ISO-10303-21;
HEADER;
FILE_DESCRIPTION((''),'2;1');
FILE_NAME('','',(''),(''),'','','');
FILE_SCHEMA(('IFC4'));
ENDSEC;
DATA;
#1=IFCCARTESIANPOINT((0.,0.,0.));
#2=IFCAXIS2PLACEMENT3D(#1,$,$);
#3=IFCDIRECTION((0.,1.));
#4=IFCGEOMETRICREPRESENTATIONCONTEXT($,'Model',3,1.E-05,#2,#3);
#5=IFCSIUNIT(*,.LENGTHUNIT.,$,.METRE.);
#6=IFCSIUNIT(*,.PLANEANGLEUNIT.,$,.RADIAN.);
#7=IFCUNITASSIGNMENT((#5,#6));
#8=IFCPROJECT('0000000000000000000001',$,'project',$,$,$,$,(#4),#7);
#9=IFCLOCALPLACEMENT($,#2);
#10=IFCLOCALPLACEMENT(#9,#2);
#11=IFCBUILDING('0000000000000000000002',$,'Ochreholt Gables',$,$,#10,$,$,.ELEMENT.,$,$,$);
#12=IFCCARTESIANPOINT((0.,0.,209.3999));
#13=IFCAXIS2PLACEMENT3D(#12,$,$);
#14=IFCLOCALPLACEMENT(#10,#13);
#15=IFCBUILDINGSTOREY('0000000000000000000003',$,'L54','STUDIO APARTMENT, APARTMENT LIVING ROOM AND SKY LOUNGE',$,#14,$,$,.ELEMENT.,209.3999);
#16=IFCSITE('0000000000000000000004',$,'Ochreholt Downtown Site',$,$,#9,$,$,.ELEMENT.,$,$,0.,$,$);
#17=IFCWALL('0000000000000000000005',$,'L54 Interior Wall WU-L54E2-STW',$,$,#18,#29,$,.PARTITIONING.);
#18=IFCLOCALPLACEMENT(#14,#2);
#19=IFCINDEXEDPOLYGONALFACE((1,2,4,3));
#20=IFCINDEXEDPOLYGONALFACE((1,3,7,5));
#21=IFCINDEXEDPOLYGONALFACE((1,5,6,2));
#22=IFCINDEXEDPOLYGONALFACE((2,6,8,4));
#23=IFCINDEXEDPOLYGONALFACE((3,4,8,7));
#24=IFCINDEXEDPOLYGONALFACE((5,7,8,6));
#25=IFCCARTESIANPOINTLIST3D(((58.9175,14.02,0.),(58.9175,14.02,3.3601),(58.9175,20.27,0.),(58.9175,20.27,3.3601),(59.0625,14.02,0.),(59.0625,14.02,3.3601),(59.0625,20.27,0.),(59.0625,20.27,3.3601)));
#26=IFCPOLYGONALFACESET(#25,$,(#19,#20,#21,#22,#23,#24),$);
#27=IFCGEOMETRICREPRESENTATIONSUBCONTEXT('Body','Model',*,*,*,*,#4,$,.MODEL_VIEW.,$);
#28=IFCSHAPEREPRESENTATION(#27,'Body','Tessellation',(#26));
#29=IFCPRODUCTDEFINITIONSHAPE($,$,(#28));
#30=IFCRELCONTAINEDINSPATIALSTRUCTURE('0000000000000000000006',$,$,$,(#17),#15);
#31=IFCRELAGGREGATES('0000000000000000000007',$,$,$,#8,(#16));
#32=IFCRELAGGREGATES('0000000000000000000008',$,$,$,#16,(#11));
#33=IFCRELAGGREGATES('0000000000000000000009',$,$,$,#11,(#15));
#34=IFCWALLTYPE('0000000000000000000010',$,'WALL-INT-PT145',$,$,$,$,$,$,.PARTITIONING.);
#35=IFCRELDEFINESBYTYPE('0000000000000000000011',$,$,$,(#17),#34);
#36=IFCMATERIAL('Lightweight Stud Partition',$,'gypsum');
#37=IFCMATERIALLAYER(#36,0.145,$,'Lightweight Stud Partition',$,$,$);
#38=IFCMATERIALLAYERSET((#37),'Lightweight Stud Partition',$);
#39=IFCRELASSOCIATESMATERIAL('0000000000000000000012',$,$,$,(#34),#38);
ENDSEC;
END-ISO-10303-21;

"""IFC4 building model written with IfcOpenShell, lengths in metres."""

from ifc_helpers import new_model, si_unit, direction, frame, frame_2d, origin, place, context, subcontext, project, spatial, rectangle, extrude, material, layer, layer_set, type_object, element, save


model = new_model("IFC4")

# Units and contexts
model_context = context("Model", 3, precision=1e-05, world=origin(), true_north=direction((0.0, 1.0)))
body_context = subcontext(model_context, "Body", "Model", "MODEL_VIEW")
ifc_project = project(units=[si_unit("LENGTHUNIT", "METRE"), si_unit("PLANEANGLEUNIT", "RADIAN")], contexts=[model_context])

# Site, building, storey
site_placement = place(None, origin())
site = spatial("IfcSite", under=ifc_project, at=site_placement, Name="Ochreholt Downtown Site", CompositionType="ELEMENT", RefElevation=0.0)
building_placement = place(site_placement, origin())
building = spatial("IfcBuilding", under=site, at=building_placement, Name="Ochreholt Gables", CompositionType="ELEMENT")
storey_placement = place(building_placement, frame((0.0, 0.0, 209.3999)))
storey = spatial("IfcBuildingStorey", under=building, at=storey_placement, Name="L54", Description="STUDIO APARTMENT, APARTMENT LIVING ROOM AND SKY LOUNGE", CompositionType="ELEMENT", Elevation=209.3999)

# Wall
ifc_material_1 = material(Name="Lightweight Stud Partition", Category="gypsum")
ifc_layer_1 = layer(ifc_material_1, 0.145, Name="Lightweight Stud Partition")
ifc_layer_set_1 = layer_set([ifc_layer_1], Name="Lightweight Stud Partition")
wall_type_1 = type_object("IfcWallType", Name="WALL-INT-PT145", PredefinedType="PARTITIONING", material=ifc_layer_set_1)
wall_1_placement = place(storey_placement, frame((58.99, 14.02, 0.0), z_axis=(0.0, 0.0, 1.0), x_axis=(0.0, 1.0, 0.0)))
element("IfcWall", 1, at=wall_1_placement, inside=storey, type_object=wall_type_1, Name="L54 Interior Wall WU-L54E2-STW", PredefinedType="PARTITIONING", context=body_context, shape_type="SweptSolid", body=[
    extrude(rectangle(XDim=6.25, YDim=0.145, at=frame_2d((3.125, 0.0))), origin(), (0.0, 0.0, 1.0), 3.3601),
])

save(model, "model.ifc")
